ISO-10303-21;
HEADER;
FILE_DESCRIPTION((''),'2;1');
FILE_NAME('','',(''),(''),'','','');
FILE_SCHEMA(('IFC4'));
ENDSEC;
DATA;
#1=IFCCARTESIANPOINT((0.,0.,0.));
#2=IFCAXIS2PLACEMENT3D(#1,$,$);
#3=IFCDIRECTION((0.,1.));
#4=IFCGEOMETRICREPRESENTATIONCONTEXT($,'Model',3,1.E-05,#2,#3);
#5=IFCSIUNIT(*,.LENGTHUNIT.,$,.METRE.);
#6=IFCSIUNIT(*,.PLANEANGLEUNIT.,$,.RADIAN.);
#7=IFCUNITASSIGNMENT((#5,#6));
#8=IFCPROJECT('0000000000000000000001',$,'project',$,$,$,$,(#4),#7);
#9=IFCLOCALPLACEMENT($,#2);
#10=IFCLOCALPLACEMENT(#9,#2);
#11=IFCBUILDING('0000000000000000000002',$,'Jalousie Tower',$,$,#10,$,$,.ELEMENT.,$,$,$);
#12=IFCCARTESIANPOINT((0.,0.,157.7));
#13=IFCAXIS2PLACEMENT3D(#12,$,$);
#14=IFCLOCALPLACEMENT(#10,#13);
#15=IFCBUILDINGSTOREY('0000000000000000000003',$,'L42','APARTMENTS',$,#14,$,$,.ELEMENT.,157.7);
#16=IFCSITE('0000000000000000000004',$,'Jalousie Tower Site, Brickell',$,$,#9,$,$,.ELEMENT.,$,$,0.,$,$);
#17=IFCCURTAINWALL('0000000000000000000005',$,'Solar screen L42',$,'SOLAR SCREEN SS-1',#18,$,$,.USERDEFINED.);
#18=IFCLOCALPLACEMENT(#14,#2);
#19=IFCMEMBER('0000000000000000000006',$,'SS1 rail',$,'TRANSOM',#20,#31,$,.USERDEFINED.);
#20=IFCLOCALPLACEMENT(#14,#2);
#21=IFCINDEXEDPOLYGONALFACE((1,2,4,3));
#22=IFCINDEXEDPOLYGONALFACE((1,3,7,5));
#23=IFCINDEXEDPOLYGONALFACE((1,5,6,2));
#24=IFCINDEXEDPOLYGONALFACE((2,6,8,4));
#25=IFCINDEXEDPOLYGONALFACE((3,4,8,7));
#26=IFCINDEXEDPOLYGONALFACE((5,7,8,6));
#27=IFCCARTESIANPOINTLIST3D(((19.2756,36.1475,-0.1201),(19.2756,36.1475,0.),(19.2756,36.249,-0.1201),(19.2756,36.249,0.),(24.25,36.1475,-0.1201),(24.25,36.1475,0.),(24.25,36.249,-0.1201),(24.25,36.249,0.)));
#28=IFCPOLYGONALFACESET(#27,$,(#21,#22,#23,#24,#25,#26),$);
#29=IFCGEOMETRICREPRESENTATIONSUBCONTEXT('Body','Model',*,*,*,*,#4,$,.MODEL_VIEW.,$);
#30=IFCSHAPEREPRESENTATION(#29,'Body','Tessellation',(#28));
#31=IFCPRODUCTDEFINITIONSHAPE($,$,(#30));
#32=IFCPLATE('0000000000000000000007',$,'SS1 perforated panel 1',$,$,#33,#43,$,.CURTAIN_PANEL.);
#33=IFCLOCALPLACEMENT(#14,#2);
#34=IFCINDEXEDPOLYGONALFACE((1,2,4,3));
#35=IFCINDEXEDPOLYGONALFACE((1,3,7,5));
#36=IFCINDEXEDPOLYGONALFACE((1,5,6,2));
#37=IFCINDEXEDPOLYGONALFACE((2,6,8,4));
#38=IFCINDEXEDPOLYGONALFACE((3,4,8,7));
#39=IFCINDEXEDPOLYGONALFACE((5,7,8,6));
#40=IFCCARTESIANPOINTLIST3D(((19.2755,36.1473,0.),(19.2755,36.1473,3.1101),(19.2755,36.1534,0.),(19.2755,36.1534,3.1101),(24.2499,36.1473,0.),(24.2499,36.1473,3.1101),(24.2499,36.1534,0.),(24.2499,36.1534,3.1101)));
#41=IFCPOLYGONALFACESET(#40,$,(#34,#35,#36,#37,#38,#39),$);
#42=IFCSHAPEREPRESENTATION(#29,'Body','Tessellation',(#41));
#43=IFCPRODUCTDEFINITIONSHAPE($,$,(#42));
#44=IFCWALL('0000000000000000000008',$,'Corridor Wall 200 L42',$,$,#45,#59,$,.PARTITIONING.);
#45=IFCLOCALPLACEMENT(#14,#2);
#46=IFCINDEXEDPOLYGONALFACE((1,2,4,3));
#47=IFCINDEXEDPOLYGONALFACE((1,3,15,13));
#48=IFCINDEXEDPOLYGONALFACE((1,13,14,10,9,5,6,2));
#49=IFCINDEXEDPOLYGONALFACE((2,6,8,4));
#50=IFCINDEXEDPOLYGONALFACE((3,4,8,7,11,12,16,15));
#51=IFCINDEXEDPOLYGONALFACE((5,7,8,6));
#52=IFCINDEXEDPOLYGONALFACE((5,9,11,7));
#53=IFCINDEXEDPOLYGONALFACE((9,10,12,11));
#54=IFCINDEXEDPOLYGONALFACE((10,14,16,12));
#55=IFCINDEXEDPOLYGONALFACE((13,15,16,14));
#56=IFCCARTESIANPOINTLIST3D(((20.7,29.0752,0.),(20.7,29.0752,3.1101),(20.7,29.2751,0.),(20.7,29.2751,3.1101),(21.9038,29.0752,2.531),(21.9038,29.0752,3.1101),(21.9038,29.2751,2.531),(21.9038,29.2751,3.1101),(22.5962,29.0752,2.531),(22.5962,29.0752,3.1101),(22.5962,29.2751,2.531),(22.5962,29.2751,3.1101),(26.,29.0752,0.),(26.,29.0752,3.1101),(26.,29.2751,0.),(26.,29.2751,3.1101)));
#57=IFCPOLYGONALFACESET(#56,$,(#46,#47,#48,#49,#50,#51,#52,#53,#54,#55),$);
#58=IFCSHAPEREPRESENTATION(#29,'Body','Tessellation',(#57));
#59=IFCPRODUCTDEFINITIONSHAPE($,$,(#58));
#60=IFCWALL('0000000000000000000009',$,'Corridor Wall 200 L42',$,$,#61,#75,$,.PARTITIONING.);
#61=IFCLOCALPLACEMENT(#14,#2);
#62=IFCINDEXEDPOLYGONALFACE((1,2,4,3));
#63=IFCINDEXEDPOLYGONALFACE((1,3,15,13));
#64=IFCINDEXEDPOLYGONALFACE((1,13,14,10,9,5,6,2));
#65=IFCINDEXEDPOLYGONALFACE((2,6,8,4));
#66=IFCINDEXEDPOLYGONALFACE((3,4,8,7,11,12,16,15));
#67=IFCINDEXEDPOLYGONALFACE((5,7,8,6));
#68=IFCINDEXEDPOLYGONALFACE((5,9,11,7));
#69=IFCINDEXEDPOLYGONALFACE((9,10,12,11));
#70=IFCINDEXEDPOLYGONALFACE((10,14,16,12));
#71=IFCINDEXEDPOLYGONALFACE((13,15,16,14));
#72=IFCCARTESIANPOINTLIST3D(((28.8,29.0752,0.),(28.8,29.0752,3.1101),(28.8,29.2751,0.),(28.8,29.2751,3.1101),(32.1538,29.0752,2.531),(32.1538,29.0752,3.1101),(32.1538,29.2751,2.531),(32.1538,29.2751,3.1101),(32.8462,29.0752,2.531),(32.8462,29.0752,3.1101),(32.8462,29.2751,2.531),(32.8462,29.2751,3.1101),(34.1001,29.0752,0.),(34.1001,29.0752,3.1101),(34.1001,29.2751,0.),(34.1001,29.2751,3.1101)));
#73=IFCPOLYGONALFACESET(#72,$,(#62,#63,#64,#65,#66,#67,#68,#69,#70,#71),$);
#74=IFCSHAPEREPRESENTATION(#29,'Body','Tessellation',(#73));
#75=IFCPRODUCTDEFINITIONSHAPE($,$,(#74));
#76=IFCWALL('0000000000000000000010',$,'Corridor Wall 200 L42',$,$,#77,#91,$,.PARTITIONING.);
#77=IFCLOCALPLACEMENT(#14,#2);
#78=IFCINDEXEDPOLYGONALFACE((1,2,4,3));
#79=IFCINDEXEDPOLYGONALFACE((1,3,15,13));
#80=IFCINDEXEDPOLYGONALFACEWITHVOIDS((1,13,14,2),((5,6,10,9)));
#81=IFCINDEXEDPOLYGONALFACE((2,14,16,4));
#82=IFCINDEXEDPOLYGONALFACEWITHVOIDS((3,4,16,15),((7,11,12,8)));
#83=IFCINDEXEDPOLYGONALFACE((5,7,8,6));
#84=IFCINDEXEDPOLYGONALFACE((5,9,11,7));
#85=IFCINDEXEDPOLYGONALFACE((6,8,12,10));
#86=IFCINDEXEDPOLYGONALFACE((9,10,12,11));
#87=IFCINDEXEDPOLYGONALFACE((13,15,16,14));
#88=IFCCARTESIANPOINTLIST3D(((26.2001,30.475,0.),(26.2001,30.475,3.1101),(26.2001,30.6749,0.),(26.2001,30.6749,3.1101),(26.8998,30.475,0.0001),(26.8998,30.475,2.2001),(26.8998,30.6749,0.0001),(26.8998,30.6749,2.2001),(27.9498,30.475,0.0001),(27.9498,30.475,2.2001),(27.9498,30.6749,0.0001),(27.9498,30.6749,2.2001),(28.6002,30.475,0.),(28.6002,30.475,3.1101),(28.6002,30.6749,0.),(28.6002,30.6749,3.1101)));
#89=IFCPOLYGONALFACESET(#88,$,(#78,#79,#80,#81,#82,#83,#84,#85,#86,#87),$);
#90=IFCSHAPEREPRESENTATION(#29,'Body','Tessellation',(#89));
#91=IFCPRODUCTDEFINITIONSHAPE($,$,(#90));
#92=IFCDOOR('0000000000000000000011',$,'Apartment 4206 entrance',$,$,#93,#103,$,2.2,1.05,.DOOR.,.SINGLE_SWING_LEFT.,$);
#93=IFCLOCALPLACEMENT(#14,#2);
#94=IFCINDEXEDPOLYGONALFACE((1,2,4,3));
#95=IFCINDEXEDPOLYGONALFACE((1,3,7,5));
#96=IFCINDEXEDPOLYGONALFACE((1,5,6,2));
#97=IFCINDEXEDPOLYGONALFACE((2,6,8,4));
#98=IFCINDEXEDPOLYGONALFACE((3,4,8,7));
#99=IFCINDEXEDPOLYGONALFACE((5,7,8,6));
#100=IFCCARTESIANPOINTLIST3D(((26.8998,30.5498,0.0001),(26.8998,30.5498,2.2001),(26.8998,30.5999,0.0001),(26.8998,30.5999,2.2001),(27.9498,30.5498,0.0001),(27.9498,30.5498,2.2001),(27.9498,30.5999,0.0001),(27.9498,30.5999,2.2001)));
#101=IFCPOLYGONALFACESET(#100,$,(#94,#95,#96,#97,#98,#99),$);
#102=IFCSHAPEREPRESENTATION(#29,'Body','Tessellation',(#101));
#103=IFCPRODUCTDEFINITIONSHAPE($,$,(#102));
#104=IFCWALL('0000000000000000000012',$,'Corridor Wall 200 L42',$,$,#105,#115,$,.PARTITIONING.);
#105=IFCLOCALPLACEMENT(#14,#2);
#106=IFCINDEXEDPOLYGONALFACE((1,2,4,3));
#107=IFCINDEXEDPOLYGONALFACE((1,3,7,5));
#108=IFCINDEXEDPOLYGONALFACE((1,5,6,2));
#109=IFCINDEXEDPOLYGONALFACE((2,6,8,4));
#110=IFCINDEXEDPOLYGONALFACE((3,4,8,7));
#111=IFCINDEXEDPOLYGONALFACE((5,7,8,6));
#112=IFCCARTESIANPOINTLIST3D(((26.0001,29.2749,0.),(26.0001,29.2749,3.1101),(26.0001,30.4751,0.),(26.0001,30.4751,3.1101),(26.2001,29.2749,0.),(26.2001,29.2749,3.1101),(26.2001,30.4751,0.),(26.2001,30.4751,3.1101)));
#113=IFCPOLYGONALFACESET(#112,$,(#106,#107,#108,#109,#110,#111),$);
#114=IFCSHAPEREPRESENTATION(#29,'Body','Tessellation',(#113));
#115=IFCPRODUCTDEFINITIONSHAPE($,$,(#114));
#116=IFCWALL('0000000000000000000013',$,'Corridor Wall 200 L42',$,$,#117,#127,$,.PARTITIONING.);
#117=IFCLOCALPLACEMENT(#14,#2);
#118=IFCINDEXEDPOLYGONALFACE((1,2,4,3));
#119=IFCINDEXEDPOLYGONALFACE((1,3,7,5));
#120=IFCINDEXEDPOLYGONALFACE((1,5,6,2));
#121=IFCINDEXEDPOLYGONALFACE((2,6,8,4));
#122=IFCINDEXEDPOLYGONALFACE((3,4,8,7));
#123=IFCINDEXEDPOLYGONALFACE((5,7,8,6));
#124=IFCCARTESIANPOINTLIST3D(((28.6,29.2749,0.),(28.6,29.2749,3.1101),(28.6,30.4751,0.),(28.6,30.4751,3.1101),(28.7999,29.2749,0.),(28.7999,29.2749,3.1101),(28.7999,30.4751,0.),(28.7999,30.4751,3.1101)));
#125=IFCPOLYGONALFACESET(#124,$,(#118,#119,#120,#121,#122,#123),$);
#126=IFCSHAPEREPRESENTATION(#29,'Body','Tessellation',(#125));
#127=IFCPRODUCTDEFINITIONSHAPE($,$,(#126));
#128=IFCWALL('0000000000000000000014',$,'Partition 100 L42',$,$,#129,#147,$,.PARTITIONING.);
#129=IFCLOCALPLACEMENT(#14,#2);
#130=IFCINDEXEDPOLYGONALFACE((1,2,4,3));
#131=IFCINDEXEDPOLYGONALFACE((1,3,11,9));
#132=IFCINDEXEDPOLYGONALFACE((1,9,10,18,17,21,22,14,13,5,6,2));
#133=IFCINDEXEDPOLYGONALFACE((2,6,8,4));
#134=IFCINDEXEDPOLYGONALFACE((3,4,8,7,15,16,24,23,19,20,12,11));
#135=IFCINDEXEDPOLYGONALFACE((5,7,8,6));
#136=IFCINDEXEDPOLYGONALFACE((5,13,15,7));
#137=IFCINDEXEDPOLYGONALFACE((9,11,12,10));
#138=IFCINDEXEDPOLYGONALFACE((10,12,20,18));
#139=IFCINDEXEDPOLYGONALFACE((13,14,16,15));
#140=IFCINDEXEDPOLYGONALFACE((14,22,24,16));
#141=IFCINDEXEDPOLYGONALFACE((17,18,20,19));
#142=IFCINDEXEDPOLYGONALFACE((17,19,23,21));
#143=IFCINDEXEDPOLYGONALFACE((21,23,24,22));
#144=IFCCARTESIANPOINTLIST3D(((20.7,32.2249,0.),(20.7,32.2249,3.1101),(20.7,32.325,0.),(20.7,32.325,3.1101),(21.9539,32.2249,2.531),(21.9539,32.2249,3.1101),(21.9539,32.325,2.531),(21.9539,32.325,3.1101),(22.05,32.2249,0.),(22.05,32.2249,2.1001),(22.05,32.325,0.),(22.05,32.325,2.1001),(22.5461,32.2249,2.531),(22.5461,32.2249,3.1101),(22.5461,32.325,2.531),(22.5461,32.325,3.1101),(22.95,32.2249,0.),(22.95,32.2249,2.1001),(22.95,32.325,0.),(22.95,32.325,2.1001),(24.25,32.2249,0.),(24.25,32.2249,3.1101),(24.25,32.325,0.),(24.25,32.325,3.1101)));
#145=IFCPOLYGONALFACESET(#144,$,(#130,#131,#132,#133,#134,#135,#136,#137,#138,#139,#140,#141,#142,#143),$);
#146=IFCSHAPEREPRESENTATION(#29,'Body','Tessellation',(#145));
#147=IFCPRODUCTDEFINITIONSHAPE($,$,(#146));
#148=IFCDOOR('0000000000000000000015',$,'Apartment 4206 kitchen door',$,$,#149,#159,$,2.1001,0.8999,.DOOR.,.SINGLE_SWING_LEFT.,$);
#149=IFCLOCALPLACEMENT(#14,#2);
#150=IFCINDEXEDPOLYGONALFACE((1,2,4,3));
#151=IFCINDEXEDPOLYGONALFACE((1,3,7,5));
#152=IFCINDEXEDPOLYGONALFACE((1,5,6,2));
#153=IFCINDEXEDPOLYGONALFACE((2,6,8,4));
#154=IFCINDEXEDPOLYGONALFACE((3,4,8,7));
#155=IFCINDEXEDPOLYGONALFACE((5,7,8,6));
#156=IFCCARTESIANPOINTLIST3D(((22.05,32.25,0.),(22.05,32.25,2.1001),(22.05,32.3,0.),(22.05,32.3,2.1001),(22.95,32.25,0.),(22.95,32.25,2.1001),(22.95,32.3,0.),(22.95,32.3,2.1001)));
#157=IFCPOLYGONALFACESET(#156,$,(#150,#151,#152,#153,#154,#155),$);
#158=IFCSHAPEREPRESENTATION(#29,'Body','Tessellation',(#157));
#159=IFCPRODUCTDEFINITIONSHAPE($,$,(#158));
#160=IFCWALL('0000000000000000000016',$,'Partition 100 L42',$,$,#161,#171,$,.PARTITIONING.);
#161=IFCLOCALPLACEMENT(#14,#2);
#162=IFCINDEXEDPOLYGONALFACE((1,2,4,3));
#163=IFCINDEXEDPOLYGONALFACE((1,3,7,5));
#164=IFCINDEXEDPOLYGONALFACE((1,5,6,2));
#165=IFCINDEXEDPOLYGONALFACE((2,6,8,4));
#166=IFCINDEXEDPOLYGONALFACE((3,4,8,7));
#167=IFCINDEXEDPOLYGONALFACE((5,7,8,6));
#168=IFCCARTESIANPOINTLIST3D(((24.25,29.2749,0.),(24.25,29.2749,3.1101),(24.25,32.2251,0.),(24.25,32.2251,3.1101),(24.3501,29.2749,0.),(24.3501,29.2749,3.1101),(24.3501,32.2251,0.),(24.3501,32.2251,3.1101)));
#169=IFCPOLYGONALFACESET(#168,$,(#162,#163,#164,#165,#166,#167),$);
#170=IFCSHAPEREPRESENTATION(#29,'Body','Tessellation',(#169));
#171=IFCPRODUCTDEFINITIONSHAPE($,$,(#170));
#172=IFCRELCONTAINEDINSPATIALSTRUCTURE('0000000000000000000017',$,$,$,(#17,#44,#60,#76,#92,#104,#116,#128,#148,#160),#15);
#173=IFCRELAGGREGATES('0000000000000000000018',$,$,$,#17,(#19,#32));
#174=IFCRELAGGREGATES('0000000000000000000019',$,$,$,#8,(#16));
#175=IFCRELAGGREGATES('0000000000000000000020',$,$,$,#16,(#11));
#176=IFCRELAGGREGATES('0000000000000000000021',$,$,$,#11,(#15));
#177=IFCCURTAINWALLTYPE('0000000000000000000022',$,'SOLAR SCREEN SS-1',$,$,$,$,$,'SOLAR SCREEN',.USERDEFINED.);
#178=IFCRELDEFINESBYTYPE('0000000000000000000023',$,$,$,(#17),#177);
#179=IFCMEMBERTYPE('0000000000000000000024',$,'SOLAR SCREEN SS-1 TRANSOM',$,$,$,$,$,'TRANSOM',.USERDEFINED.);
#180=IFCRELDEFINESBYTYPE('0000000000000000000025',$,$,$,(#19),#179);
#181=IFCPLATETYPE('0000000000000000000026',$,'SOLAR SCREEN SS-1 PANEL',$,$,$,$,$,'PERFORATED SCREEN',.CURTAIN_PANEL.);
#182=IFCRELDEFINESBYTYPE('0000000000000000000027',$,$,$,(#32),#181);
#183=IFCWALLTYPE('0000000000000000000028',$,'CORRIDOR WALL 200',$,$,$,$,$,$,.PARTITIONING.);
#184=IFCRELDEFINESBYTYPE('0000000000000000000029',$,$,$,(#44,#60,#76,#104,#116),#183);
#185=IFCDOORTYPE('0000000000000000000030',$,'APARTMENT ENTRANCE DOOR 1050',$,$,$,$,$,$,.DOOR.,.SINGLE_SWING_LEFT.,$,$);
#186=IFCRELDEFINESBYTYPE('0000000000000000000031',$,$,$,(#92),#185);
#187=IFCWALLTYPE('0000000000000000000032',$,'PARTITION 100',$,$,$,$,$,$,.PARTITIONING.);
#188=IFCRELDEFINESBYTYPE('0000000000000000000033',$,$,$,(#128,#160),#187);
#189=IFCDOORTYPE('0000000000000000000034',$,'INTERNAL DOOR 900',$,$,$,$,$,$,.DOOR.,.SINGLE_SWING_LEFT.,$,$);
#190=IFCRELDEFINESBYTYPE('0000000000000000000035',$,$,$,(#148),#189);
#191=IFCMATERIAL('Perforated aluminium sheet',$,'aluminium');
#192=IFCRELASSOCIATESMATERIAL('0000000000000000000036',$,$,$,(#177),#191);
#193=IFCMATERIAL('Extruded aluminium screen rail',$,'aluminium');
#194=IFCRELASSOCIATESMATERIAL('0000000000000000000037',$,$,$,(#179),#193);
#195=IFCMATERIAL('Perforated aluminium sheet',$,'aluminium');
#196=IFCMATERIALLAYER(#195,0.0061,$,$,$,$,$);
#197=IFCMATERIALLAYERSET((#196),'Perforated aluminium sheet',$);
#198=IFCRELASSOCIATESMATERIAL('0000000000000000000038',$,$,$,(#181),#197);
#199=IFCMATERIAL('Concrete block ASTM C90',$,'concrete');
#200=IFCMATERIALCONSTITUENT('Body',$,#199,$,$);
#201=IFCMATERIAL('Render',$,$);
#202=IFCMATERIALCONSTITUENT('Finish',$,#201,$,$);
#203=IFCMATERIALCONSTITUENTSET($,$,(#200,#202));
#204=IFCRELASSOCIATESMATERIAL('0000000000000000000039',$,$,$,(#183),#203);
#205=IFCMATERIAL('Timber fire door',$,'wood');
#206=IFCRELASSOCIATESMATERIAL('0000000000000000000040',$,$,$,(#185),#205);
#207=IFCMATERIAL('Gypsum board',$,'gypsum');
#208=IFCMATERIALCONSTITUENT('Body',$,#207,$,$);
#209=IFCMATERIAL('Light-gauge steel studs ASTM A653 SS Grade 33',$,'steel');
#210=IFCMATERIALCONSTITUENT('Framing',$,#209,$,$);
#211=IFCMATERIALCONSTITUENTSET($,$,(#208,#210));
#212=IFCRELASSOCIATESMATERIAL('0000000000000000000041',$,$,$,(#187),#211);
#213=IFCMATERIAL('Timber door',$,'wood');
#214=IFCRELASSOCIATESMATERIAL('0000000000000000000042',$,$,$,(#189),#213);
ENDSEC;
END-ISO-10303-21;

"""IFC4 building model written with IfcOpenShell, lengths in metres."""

from ifc_helpers import new_model, si_unit, direction, frame, frame_2d, origin, origin_2d, place, context, subcontext, project, spatial, polyline, rectangle, outline, extrude, material, layer, layer_set, constituent, constituent_set, material_profile, profile_set, type_object, element, fill, aggregate, save


model = new_model("IFC4")

# Units and contexts
model_context = context("Model", 3, precision=1e-05, world=origin(), true_north=direction((0.0, 1.0)))
body_context = subcontext(model_context, "Body", "Model", "MODEL_VIEW")
ifc_project = project(units=[si_unit("LENGTHUNIT", "METRE"), si_unit("PLANEANGLEUNIT", "RADIAN")], contexts=[model_context])

# Site, building, storey
site_placement = place(None, origin())
site = spatial("IfcSite", under=ifc_project, at=site_placement, Name="Jalousie Tower Site, Brickell", CompositionType="ELEMENT", RefElevation=0.0)
building_placement = place(site_placement, origin())
building = spatial("IfcBuilding", under=site, at=building_placement, Name="Jalousie Tower", CompositionType="ELEMENT")
storey_placement = place(building_placement, frame((0.0, 0.0, 157.7)))
storey = spatial("IfcBuildingStorey", under=building, at=storey_placement, Name="L42", Description="APARTMENTS", CompositionType="ELEMENT", Elevation=157.7)

# Shared definitions
ifc_material_1 = material(Name="Perforated aluminium sheet", Category="aluminium")
curtain_wall_type = type_object("IfcCurtainWallType", Name="SOLAR SCREEN SS-1", ElementType="SOLAR SCREEN", PredefinedType="USERDEFINED", material=ifc_material_1)

# Curtain wall, member, plate
curtain_wall_1_placement = place(storey_placement, origin())
curtain_wall_1 = element("IfcCurtainWall", 1, at=curtain_wall_1_placement, inside=storey, type_object=curtain_wall_type, Name="Solar screen L42", ObjectType="SOLAR SCREEN SS-1", PredefinedType="USERDEFINED")
ifc_material_2 = material(Name="Extruded aluminium screen rail", Category="aluminium")
ifc_material_profile_1 = material_profile(ifc_material_2, rectangle(XDim=0.1016, YDim=0.1201, at=origin_2d()), Name="RAIL 102x120")
ifc_profile_set_1 = profile_set([ifc_material_profile_1], Name="Extruded aluminium screen rail")
member_type_1 = type_object("IfcMemberType", Name="SOLAR SCREEN SS-1 TRANSOM", ElementType="TRANSOM", PredefinedType="USERDEFINED", material=ifc_profile_set_1)
member_1_placement = place(storey_placement, frame((24.25, 36.1982, -0.0601), z_axis=(-1.0, 0.0, 0.0), x_axis=(0.0, -1.0, 0.0)))
member_1 = element("IfcMember", 2, at=member_1_placement, type_object=member_type_1, Name="SS1 rail", ObjectType="TRANSOM", PredefinedType="USERDEFINED", context=body_context, shape_type="SweptSolid", body=[
    extrude(rectangle(XDim=0.1016, YDim=0.1201, at=origin_2d()), origin(), (0.0, 0.0, 1.0), 4.9744),
])
ifc_material_3 = material(Name="Perforated aluminium sheet", Category="aluminium")
ifc_layer_1 = layer(ifc_material_3, 0.0061)
ifc_layer_set_1 = layer_set([ifc_layer_1], Name="Perforated aluminium sheet")
plate_type = type_object("IfcPlateType", Name="SOLAR SCREEN SS-1 PANEL", ElementType="PERFORATED SCREEN", PredefinedType="CURTAIN_PANEL", material=ifc_layer_set_1)
plate_placement = place(storey_placement, frame((21.7627, 36.1504, 0.0), z_axis=(0.0, 0.0, 1.0), x_axis=(-1.0, 0.0, 0.0)))
plate = element("IfcPlate", 3, at=plate_placement, type_object=plate_type, Name="SS1 perforated panel 1", PredefinedType="CURTAIN_PANEL", context=body_context, shape_type="SweptSolid", body=[
    extrude(rectangle(XDim=4.9744, YDim=0.0061, at=origin_2d()), origin(), (0.0, 0.0, 1.0), 3.1101),
])
aggregate(curtain_wall_1, [member_1, plate])

# Walls
ifc_material_4 = material(Name="Concrete block ASTM C90", Category="concrete")
ifc_constituent_1 = constituent(ifc_material_4, Name="Body")
ifc_material_5 = material(Name="Render")
ifc_constituent_2 = constituent(ifc_material_5, Name="Finish")
ifc_constituent_set_1 = constituent_set(constituents=[ifc_constituent_1, ifc_constituent_2])
wall_type_1 = type_object("IfcWallType", Name="CORRIDOR WALL 200", PredefinedType="PARTITIONING", material=ifc_constituent_set_1)
wall_1_placement = place(storey_placement, frame((20.7, 29.175, 0.0), z_axis=(0.0, 0.0, 1.0), x_axis=(1.0, 0.0, 0.0)))
element("IfcWall", 4, at=wall_1_placement, inside=storey, type_object=wall_type_1, Name="Corridor Wall 200 L42", PredefinedType="PARTITIONING", context=body_context, shape_type="SweptSolid", body=[
    extrude(outline(polyline([(0.0, 0.0), (5.3, 0.0), (5.3, 3.1101), (1.8962, 3.1101), (1.8962, 2.531), (1.2039, 2.531), (1.2039, 3.1101), (0.0, 3.1101), (0.0, 0.0)])), frame((0.0, 0.1001, 0.0), z_axis=(0.0, -1.0, 0.0), x_axis=(1.0, 0.0, 0.0)), (0.0, 0.0, 1.0), 0.2),
])
wall_2_placement = place(storey_placement, frame((28.8, 29.175, 0.0), z_axis=(0.0, 0.0, 1.0), x_axis=(1.0, 0.0, 0.0)))
element("IfcWall", 5, at=wall_2_placement, inside=storey, type_object=wall_type_1, Name="Corridor Wall 200 L42", PredefinedType="PARTITIONING", context=body_context, shape_type="SweptSolid", body=[
    extrude(outline(polyline([(0.0, 0.0), (5.3, 0.0), (5.3, 3.1101), (4.0461, 3.1101), (4.0461, 2.531), (3.3538, 2.531), (3.3538, 3.1101), (0.0, 3.1101), (0.0, 0.0)])), frame((0.0, 0.1001, 0.0), z_axis=(0.0, -1.0, 0.0), x_axis=(1.0, 0.0, 0.0)), (0.0, 0.0, 1.0), 0.2),
])

# Wall, opening, door
wall_3_placement = place(storey_placement, frame((26.2, 30.575, 0.0), z_axis=(0.0, 0.0, 1.0), x_axis=(1.0, 0.0, 0.0)))
wall_3 = element("IfcWall", 6, at=wall_3_placement, inside=storey, type_object=wall_type_1, Name="Corridor Wall 200 L42", PredefinedType="PARTITIONING", context=body_context, shape_type="SweptSolid", body=[
    extrude(rectangle(XDim=2.4001, YDim=0.2, at=frame_2d((1.2002, 0.0))), origin(), (0.0, 0.0, 1.0), 3.1101),
])
opening_1_placement = place(wall_3_placement, frame((0.7, 0.0, 0.0)))
opening_1 = element("IfcOpeningElement", 7, at=opening_1_placement, cuts=wall_3, PredefinedType="OPENING", context=body_context, shape_type="SweptSolid", body=[
    extrude(rectangle(XDim=1.05, YDim=2.2, at=frame_2d((0.5249, 1.1001))), frame((0.0, 0.1099, 0.0), z_axis=(0.0, -1.0, 0.0), x_axis=(1.0, 0.0, 0.0)), (0.0, 0.0, 1.0), 0.22),
])
ifc_material_6 = material(Name="Timber fire door", Category="wood")
door_type_1 = type_object("IfcDoorType", Name="APARTMENT ENTRANCE DOOR 1050", OperationType="SINGLE_SWING_LEFT", PredefinedType="DOOR", material=ifc_material_6)
door_1_placement = place(opening_1_placement, origin())
door_1 = element("IfcDoor", 8, at=door_1_placement, inside=storey, type_object=door_type_1, Name="Apartment 4206 entrance", OperationType="SINGLE_SWING_LEFT", OverallHeight=2.2, OverallWidth=1.05, PredefinedType="DOOR", context=body_context, shape_type="SweptSolid", body=[
    extrude(rectangle(XDim=1.05, YDim=2.2, at=frame_2d((0.5249, 1.1001))), frame((0.0, 0.0249, 0.0), z_axis=(0.0, -1.0, 0.0), x_axis=(1.0, 0.0, 0.0)), (0.0, 0.0, 1.0), 0.05),
])
fill(opening_1, door_1)

# Walls
for number, where, z_axis, x_axis, name in (
    (9, (26.1001, 29.2749, 0.0), (0.0, 0.0, 1.0), (0.0, 1.0, 0.0), "Corridor Wall 200 L42"),
    (10, (28.7, 29.2749, 0.0), (0.0, 0.0, 1.0), (0.0, 1.0, 0.0), "Corridor Wall 200 L42"),
):
    element("IfcWall", number, at=place(storey_placement, frame(where, z_axis=z_axis, x_axis=x_axis)), inside=storey, type_object=wall_type_1, Name=name, PredefinedType="PARTITIONING", context=body_context, shape_type="SweptSolid", body=[
        extrude(rectangle(XDim=1.2002, YDim=0.2, at=frame_2d((0.6001, 0.0))), origin(), (0.0, 0.0, 1.0), 3.1101),
    ])

# Wall, opening, door
ifc_material_7 = material(Name="Gypsum board", Category="gypsum")
ifc_constituent_3 = constituent(ifc_material_7, Name="Body")
ifc_material_8 = material(Name="Light-gauge steel studs ASTM A653 SS Grade 33", Category="steel")
ifc_constituent_4 = constituent(ifc_material_8, Name="Framing")
ifc_constituent_set_2 = constituent_set(constituents=[ifc_constituent_3, ifc_constituent_4])
wall_type_2 = type_object("IfcWallType", Name="PARTITION 100", PredefinedType="PARTITIONING", material=ifc_constituent_set_2)
wall_4_placement = place(storey_placement, frame((20.7, 32.2749, 0.0), z_axis=(0.0, 0.0, 1.0), x_axis=(1.0, 0.0, 0.0)))
wall_4 = element("IfcWall", 11, at=wall_4_placement, inside=storey, type_object=wall_type_2, Name="Partition 100 L42", PredefinedType="PARTITIONING", context=body_context, shape_type="SweptSolid", body=[
    extrude(outline(polyline([(0.0, 0.0), (3.55, 0.0), (3.55, 3.1101), (1.8462, 3.1101), (1.8462, 2.531), (1.2539, 2.531), (1.2539, 3.1101), (0.0, 3.1101), (0.0, 0.0)])), frame((0.0, 0.05, 0.0), z_axis=(0.0, -1.0, 0.0), x_axis=(1.0, 0.0, 0.0)), (0.0, 0.0, 1.0), 0.1001),
])
opening_2_placement = place(wall_4_placement, frame((1.3501, 0.0, 0.0)))
opening_2 = element("IfcOpeningElement", 12, at=opening_2_placement, cuts=wall_4, PredefinedType="OPENING", context=body_context, shape_type="SweptSolid", body=[
    extrude(rectangle(XDim=0.8999, YDim=2.1001, at=frame_2d((0.45, 1.05))), frame((0.0, 0.0601, 0.0), z_axis=(0.0, -1.0, 0.0), x_axis=(1.0, 0.0, 0.0)), (0.0, 0.0, 1.0), 0.1201),
])
ifc_material_9 = material(Name="Timber door", Category="wood")
door_type_2 = type_object("IfcDoorType", Name="INTERNAL DOOR 900", OperationType="SINGLE_SWING_LEFT", PredefinedType="DOOR", material=ifc_material_9)
door_2_placement = place(opening_2_placement, frame((0.8999, 0.0, 0.0), z_axis=(0.0, 0.0, 1.0), x_axis=(-1.0, 0.0, 0.0)))
door_2 = element("IfcDoor", 13, at=door_2_placement, inside=storey, type_object=door_type_2, Name="Apartment 4206 kitchen door", OperationType="SINGLE_SWING_LEFT", OverallHeight=2.1001, OverallWidth=0.8999, PredefinedType="DOOR", context=body_context, shape_type="SweptSolid", body=[
    extrude(rectangle(XDim=0.8999, YDim=2.1001, at=frame_2d((0.45, 1.05))), frame((0.0, 0.0249, 0.0), z_axis=(0.0, -1.0, 0.0), x_axis=(1.0, 0.0, 0.0)), (0.0, 0.0, 1.0), 0.05),
])
fill(opening_2, door_2)

# Wall
wall_5_placement = place(storey_placement, frame((24.3, 32.2251, 0.0), z_axis=(0.0, 0.0, 1.0), x_axis=(0.0, -1.0, 0.0)))
element("IfcWall", 14, at=wall_5_placement, inside=storey, type_object=wall_type_2, Name="Partition 100 L42", PredefinedType="PARTITIONING", context=body_context, shape_type="SweptSolid", body=[
    extrude(rectangle(XDim=2.9502, YDim=0.1001, at=frame_2d((1.4751, 0.0))), origin(), (0.0, 0.0, 1.0), 3.1101),
])

save(model, "model.ifc")
